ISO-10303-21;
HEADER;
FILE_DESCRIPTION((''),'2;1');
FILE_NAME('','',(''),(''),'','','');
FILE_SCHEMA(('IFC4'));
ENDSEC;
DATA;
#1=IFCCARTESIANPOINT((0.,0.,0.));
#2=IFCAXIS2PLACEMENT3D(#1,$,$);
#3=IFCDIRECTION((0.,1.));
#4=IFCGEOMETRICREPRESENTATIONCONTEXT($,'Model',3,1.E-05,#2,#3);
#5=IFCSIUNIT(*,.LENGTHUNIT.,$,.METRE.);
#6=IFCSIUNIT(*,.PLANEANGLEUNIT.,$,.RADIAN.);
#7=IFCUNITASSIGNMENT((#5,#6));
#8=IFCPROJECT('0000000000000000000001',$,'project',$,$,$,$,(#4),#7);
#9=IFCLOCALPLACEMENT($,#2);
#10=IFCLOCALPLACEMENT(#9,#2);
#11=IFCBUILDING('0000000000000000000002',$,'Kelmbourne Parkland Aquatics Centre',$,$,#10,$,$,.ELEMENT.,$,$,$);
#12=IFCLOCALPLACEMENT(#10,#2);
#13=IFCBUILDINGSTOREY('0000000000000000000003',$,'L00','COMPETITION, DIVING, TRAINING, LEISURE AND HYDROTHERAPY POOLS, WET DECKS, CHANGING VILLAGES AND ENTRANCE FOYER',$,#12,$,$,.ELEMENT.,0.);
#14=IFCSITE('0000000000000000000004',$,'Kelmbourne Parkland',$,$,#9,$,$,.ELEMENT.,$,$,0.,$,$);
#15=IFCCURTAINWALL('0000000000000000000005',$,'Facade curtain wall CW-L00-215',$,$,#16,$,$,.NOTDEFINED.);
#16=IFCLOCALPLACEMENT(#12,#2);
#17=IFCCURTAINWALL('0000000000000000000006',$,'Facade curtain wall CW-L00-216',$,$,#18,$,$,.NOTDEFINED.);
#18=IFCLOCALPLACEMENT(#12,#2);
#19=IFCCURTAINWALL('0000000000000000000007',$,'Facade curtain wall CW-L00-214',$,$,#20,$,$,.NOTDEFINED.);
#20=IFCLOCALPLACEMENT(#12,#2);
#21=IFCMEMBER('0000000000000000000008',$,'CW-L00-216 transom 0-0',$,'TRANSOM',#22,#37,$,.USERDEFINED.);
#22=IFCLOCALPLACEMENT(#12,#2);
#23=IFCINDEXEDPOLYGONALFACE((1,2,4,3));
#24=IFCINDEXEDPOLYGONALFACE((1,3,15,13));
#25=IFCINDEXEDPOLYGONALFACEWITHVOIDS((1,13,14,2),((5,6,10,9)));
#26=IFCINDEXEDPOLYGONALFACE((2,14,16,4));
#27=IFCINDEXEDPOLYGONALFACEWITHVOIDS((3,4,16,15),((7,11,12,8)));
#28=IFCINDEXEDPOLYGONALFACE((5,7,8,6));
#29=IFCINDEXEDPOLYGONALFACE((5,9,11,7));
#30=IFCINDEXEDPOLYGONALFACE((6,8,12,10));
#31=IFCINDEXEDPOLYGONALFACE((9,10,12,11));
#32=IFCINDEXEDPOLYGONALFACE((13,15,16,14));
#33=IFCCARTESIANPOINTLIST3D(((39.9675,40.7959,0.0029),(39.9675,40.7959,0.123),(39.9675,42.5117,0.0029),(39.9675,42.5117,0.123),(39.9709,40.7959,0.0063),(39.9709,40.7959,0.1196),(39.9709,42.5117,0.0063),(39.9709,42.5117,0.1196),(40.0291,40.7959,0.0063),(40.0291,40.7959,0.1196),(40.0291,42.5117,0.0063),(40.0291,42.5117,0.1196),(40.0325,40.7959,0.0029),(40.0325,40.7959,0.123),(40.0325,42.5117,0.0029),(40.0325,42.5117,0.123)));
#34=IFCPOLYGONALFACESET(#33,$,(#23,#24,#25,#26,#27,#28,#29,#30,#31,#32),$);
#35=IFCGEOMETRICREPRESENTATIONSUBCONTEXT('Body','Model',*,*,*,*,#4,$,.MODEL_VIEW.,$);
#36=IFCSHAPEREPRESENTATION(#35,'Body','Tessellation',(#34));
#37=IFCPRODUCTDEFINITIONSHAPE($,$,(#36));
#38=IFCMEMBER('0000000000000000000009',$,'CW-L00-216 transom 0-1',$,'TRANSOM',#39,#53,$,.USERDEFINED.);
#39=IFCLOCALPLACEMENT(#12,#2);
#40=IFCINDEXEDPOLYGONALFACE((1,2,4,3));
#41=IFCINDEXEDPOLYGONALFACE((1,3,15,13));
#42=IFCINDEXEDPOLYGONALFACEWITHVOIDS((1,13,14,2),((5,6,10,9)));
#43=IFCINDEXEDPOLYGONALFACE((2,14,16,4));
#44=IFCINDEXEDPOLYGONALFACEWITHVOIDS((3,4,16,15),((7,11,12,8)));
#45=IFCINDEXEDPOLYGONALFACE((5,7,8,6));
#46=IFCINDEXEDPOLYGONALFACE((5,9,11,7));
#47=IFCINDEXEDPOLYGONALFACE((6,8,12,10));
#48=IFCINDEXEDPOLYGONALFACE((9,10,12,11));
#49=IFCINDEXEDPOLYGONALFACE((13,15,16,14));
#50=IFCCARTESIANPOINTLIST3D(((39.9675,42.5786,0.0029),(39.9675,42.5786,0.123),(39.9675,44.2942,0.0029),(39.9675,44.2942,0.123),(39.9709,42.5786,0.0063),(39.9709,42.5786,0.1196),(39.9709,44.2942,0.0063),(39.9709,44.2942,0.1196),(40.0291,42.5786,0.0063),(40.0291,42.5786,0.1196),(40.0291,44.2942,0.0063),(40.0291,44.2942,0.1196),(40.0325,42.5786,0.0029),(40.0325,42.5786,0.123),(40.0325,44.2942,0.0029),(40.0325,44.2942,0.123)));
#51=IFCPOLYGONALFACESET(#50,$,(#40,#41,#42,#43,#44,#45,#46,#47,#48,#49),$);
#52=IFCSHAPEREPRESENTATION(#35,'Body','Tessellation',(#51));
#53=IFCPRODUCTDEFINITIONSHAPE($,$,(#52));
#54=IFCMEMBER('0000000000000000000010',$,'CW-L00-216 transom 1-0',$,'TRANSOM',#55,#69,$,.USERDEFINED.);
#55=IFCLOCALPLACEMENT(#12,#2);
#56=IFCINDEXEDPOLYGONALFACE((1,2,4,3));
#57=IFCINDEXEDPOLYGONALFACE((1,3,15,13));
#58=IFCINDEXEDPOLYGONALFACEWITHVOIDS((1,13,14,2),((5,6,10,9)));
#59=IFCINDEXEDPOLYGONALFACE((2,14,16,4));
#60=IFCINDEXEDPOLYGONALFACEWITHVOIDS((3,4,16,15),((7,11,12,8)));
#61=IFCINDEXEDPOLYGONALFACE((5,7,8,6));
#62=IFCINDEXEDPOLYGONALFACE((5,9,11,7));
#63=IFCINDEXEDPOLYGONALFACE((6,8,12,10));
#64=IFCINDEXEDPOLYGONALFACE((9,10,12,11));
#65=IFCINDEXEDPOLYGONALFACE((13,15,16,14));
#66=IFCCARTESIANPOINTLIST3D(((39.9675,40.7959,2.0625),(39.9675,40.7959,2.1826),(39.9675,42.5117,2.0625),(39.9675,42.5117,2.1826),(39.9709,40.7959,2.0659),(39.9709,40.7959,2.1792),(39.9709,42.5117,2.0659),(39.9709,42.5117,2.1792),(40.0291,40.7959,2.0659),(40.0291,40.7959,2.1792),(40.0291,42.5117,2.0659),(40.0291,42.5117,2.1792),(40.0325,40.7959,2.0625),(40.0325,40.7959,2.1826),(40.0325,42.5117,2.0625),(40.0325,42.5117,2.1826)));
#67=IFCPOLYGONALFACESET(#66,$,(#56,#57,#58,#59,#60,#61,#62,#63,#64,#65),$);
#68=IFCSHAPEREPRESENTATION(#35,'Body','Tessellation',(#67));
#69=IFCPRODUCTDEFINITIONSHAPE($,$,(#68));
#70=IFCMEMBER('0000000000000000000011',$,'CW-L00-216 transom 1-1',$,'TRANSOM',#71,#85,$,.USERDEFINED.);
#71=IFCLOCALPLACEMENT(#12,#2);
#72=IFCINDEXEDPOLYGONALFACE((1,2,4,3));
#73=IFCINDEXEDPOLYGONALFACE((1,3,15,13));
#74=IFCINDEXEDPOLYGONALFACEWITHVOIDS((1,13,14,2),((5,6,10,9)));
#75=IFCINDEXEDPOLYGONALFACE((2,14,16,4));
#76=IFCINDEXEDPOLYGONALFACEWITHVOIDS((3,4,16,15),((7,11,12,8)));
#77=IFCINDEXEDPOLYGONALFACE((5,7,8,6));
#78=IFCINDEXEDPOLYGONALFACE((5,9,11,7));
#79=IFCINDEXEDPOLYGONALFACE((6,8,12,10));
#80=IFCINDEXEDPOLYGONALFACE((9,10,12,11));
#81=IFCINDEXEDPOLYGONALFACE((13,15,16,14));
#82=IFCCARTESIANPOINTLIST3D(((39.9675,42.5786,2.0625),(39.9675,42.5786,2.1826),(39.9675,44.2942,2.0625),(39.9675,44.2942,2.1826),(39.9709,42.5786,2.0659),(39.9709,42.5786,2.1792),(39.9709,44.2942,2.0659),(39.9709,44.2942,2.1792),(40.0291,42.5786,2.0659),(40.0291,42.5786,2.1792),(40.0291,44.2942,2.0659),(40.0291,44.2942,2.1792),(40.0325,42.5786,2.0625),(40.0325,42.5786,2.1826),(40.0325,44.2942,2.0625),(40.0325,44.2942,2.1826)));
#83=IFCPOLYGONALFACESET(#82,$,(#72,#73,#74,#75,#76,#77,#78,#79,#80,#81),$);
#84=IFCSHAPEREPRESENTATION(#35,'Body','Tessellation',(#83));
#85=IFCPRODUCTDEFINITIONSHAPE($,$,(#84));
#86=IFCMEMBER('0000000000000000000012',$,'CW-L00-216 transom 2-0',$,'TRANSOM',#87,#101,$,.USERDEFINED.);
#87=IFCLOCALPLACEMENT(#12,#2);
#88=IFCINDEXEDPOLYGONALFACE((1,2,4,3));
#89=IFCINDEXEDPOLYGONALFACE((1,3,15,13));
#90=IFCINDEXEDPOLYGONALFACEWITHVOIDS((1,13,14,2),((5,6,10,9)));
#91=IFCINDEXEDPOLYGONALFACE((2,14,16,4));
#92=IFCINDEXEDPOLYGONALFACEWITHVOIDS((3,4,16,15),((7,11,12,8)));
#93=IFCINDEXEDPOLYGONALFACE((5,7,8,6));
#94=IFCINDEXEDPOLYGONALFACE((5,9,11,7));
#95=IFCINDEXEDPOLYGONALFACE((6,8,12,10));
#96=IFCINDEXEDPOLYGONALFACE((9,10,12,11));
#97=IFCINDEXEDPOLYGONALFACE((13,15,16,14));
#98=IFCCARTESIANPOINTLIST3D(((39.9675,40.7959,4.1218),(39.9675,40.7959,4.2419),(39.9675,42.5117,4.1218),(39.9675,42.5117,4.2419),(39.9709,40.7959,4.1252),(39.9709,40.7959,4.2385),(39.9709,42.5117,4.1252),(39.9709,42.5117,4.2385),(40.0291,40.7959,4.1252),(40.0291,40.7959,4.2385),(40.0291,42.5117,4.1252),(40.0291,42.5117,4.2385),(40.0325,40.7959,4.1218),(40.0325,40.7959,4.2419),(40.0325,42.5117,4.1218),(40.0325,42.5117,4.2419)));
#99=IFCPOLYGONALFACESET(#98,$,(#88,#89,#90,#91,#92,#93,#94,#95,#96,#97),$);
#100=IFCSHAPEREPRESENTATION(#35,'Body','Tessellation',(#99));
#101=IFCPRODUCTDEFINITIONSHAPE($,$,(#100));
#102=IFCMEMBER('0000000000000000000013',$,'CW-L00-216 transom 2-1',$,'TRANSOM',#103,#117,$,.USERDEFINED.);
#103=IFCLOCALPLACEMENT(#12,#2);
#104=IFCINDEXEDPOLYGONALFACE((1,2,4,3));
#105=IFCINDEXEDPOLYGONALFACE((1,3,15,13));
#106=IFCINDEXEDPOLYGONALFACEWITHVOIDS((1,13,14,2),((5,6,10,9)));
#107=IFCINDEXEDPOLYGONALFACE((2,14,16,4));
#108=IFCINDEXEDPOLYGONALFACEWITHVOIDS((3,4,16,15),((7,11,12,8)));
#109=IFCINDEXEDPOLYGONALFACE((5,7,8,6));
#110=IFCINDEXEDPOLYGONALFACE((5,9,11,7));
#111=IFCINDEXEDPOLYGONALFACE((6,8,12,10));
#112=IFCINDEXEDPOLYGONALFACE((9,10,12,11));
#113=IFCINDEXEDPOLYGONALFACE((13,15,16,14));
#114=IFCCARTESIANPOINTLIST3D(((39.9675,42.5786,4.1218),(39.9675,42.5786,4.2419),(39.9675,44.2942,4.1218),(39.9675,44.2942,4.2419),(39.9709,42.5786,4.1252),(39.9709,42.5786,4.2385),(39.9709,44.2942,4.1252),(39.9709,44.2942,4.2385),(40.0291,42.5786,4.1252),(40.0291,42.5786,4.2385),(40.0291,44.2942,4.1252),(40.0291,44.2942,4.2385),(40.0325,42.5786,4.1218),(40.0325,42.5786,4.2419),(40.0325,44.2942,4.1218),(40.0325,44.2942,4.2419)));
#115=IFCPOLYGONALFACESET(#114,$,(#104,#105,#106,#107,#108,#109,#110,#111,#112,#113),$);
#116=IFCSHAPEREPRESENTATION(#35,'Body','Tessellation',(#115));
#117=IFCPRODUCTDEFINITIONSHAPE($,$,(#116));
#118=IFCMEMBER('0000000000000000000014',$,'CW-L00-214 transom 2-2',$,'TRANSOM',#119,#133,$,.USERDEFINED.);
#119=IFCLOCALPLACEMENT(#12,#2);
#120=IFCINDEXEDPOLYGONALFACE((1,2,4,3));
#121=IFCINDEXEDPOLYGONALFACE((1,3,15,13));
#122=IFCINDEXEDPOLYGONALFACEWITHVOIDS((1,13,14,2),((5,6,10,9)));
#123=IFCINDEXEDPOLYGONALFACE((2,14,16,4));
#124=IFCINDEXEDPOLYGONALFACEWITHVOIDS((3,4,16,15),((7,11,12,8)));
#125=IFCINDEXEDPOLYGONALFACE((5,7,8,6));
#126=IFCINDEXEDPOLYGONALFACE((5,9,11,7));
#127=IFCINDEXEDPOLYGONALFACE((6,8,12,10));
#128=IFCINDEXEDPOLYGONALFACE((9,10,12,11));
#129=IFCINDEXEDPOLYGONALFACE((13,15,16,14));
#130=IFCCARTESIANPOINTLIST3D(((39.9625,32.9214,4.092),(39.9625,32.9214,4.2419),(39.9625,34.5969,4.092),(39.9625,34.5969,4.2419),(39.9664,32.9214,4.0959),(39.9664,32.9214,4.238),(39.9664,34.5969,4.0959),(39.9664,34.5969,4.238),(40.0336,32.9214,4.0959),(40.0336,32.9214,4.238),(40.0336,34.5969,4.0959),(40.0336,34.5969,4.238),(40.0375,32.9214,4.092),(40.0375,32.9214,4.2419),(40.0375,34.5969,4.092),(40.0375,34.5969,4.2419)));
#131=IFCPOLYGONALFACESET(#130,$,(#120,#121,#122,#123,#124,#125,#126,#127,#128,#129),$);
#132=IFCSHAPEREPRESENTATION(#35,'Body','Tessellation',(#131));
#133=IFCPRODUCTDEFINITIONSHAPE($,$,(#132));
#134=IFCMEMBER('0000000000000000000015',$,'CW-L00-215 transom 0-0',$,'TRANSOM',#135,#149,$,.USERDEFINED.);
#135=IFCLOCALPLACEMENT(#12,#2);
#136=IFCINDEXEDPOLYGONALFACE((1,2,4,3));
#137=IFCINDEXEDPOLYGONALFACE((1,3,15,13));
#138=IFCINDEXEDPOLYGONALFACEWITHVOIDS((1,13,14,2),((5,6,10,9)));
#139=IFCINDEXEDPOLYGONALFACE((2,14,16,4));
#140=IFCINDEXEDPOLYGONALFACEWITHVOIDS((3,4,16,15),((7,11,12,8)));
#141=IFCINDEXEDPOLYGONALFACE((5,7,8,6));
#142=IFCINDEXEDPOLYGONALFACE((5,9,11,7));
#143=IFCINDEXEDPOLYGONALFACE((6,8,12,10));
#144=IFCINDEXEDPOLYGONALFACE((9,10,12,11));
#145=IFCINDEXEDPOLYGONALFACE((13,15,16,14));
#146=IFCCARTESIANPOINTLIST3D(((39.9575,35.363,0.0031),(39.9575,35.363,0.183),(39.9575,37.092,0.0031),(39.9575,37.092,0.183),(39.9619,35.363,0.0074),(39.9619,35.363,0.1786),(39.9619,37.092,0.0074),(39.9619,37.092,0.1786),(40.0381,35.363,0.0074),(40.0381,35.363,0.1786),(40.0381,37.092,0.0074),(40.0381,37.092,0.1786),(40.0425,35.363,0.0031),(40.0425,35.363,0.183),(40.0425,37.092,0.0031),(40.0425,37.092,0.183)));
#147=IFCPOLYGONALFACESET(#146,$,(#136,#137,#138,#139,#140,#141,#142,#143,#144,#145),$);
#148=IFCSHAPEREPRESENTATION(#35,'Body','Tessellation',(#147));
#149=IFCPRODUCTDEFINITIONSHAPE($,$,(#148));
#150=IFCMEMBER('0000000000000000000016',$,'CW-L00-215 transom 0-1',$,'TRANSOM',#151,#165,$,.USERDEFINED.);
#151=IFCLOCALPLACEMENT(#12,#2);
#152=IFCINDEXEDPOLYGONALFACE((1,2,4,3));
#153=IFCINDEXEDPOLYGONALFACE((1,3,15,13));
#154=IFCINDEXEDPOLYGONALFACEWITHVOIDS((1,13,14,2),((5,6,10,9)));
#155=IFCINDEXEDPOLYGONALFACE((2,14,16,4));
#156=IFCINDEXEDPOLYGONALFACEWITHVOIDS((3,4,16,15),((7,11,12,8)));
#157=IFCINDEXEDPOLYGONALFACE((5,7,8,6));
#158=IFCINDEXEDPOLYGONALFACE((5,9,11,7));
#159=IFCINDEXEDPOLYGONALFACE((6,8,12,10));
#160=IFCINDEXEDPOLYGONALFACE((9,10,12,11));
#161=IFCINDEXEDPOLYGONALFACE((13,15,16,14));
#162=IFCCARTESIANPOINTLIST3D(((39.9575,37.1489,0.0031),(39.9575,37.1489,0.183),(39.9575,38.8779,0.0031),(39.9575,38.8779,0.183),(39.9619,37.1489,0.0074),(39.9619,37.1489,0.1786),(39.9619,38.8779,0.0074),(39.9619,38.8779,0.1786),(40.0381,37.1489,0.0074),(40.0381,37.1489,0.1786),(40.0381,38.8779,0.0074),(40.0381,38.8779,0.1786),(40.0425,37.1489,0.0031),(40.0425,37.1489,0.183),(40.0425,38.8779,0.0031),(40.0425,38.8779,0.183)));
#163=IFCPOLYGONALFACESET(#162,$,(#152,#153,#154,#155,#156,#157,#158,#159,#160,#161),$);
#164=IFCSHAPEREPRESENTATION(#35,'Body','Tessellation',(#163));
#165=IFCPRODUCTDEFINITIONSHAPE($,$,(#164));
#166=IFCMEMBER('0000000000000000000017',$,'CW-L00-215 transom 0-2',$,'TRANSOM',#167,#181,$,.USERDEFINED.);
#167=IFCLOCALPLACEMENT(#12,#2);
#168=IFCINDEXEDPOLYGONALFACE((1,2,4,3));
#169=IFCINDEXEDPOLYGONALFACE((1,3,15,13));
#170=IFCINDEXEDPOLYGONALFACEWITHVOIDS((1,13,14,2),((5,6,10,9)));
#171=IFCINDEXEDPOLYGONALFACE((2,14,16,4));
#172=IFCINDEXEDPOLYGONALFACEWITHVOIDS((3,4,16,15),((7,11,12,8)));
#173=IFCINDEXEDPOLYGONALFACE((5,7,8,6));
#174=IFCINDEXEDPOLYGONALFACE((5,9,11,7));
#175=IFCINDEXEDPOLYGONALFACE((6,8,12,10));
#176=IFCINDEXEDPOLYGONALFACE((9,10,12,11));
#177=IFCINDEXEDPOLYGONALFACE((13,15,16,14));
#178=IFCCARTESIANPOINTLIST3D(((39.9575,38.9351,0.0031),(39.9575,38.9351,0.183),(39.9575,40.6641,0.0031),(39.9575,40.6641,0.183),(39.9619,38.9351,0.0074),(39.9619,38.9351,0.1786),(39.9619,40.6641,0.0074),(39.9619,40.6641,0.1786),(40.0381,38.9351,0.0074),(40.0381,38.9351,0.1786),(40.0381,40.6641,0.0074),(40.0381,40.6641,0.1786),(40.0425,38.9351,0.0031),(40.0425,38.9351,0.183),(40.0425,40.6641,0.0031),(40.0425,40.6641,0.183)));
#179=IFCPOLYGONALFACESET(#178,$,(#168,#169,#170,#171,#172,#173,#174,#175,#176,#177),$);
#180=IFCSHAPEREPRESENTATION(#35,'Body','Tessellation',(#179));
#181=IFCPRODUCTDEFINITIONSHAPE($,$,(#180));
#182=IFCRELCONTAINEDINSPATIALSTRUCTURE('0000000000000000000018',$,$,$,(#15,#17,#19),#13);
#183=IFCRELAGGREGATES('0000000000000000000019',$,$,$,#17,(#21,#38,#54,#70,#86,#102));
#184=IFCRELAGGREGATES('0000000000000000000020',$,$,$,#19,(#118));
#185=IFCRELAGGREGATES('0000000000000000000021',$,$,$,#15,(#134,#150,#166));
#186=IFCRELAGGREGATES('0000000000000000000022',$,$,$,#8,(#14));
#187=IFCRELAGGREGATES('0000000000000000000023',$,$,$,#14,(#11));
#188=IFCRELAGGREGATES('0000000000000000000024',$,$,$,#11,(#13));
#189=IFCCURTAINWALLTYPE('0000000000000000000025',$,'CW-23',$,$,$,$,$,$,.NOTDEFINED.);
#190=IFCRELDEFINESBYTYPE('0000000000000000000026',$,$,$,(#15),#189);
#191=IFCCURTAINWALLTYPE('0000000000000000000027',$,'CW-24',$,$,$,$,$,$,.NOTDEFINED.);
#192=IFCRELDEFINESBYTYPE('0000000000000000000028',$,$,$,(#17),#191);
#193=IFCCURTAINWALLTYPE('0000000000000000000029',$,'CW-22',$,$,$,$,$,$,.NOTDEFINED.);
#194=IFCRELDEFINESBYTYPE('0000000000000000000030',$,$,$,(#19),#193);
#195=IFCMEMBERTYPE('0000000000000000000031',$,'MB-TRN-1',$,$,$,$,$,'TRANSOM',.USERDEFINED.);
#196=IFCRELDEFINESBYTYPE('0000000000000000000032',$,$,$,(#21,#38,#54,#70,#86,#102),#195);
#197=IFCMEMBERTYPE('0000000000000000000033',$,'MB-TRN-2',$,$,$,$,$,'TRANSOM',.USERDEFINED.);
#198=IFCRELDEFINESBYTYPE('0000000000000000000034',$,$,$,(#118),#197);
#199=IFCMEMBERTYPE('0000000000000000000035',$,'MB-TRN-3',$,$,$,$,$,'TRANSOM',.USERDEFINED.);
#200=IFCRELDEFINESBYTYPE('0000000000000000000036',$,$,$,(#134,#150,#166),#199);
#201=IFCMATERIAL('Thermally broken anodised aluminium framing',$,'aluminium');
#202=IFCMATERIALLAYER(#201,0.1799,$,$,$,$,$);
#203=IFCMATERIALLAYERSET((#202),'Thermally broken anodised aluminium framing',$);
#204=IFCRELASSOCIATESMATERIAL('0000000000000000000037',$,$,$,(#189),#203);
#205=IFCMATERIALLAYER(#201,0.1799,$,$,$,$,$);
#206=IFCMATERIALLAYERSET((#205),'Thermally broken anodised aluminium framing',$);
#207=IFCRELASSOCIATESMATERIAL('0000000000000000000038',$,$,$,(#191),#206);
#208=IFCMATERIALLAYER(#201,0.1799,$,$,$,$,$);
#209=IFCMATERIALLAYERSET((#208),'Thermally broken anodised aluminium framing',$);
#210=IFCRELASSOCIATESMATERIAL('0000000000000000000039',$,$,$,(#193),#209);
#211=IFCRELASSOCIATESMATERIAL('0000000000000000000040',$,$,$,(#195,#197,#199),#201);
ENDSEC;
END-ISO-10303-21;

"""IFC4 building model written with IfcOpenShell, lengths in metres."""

from ifc_helpers import new_model, si_unit, direction, frame, origin, origin_2d, place, context, subcontext, project, spatial, hollow_rectangle, extrude, material, layer, layer_set, material_profile, profile_set, type_object, element, aggregate, save


model = new_model("IFC4")

# Units and contexts
model_context = context("Model", 3, precision=1e-05, world=origin(), true_north=direction((0.0, 1.0)))
body_context = subcontext(model_context, "Body", "Model", "MODEL_VIEW")
ifc_project = project(units=[si_unit("LENGTHUNIT", "METRE"), si_unit("PLANEANGLEUNIT", "RADIAN")], contexts=[model_context])

# Site, building, storey
site_placement = place(None, origin())
site = spatial("IfcSite", under=ifc_project, at=site_placement, Name="Kelmbourne Parkland", CompositionType="ELEMENT", RefElevation=0.0)
building_placement = place(site_placement, origin())
building = spatial("IfcBuilding", under=site, at=building_placement, Name="Kelmbourne Parkland Aquatics Centre", CompositionType="ELEMENT")
storey_placement = place(building_placement, origin())
storey = spatial("IfcBuildingStorey", under=building, at=storey_placement, Name="L00", Description="COMPETITION, DIVING, TRAINING, LEISURE AND HYDROTHERAPY POOLS, WET DECKS, CHANGING VILLAGES AND ENTRANCE FOYER", CompositionType="ELEMENT", Elevation=0.0)

# Curtain walls
ifc_material_1 = material(Name="Thermally broken anodised aluminium framing", Category="aluminium")
ifc_layer_1 = layer(ifc_material_1, 0.1799)
ifc_layer_set_1 = layer_set([ifc_layer_1], Name="Thermally broken anodised aluminium framing")
curtain_wall_type_1 = type_object("IfcCurtainWallType", Name="CW-23", PredefinedType="NOTDEFINED", material=ifc_layer_set_1)
curtain_wall_1_placement = place(storey_placement, origin())
curtain_wall_1 = element("IfcCurtainWall", 1, at=curtain_wall_1_placement, inside=storey, type_object=curtain_wall_type_1, Name="Facade curtain wall CW-L00-215", PredefinedType="NOTDEFINED")
ifc_layer_2 = layer(ifc_material_1, 0.1799)
ifc_layer_set_2 = layer_set([ifc_layer_2], Name="Thermally broken anodised aluminium framing")
curtain_wall_type_2 = type_object("IfcCurtainWallType", Name="CW-24", PredefinedType="NOTDEFINED", material=ifc_layer_set_2)
curtain_wall_2_placement = place(storey_placement, origin())
curtain_wall_2 = element("IfcCurtainWall", 2, at=curtain_wall_2_placement, inside=storey, type_object=curtain_wall_type_2, Name="Facade curtain wall CW-L00-216", PredefinedType="NOTDEFINED")

# Curtain wall
ifc_layer_3 = layer(ifc_material_1, 0.1799)
ifc_layer_set_3 = layer_set([ifc_layer_3], Name="Thermally broken anodised aluminium framing")
curtain_wall_type_3 = type_object("IfcCurtainWallType", Name="CW-22", PredefinedType="NOTDEFINED", material=ifc_layer_set_3)
curtain_wall_3_placement = place(storey_placement, origin())
curtain_wall_3 = element("IfcCurtainWall", 3, at=curtain_wall_3_placement, inside=storey, type_object=curtain_wall_type_3, Name="Facade curtain wall CW-L00-214", PredefinedType="NOTDEFINED")

# Members
ifc_material_profile_1 = material_profile(ifc_material_1, hollow_rectangle(XDim=0.0649, YDim=0.1201, WallThickness=0.0034, at=origin_2d()), Name="CW-T 65x120")
ifc_profile_set_1 = profile_set([ifc_material_profile_1], Name="Thermally broken anodised aluminium framing")
member_type_1 = type_object("IfcMemberType", Name="MB-TRN-1", ElementType="TRANSOM", PredefinedType="USERDEFINED", material=ifc_profile_set_1)
member_1_placement = place(storey_placement, frame((40.0, 40.7959, 0.063), z_axis=(0.0, 1.0, 0.0), x_axis=(-1.0, 0.0, 0.0)))
member_1 = element("IfcMember", 4, at=member_1_placement, type_object=member_type_1, Name="CW-L00-216 transom 0-0", ObjectType="TRANSOM", PredefinedType="USERDEFINED", context=body_context, shape_type="SweptSolid", body=[
    extrude(hollow_rectangle(XDim=0.0649, YDim=0.1201, WallThickness=0.0034, at=origin_2d()), origin(), (0.0, 0.0, 1.0), 1.7158),
])
member_2_placement = place(storey_placement, frame((40.0, 42.5786, 0.063), z_axis=(0.0, 1.0, 0.0), x_axis=(-1.0, 0.0, 0.0)))
member_2 = element("IfcMember", 5, at=member_2_placement, type_object=member_type_1, Name="CW-L00-216 transom 0-1", ObjectType="TRANSOM", PredefinedType="USERDEFINED", context=body_context, shape_type="SweptSolid", body=[
    extrude(hollow_rectangle(XDim=0.0649, YDim=0.1201, WallThickness=0.0034, at=origin_2d()), origin(), (0.0, 0.0, 1.0), 1.7156),
])
member_3_placement = place(storey_placement, frame((40.0, 40.7959, 2.1226), z_axis=(0.0, 1.0, 0.0), x_axis=(-1.0, 0.0, 0.0)))
member_3 = element("IfcMember", 6, at=member_3_placement, type_object=member_type_1, Name="CW-L00-216 transom 1-0", ObjectType="TRANSOM", PredefinedType="USERDEFINED", context=body_context, shape_type="SweptSolid", body=[
    extrude(hollow_rectangle(XDim=0.0649, YDim=0.1201, WallThickness=0.0034, at=origin_2d()), origin(), (0.0, 0.0, 1.0), 1.7158),
])
member_4_placement = place(storey_placement, frame((40.0, 42.5786, 2.1226), z_axis=(0.0, 1.0, 0.0), x_axis=(-1.0, 0.0, 0.0)))
member_4 = element("IfcMember", 7, at=member_4_placement, type_object=member_type_1, Name="CW-L00-216 transom 1-1", ObjectType="TRANSOM", PredefinedType="USERDEFINED", context=body_context, shape_type="SweptSolid", body=[
    extrude(hollow_rectangle(XDim=0.0649, YDim=0.1201, WallThickness=0.0034, at=origin_2d()), origin(), (0.0, 0.0, 1.0), 1.7156),
])
member_5_placement = place(storey_placement, frame((40.0, 40.7959, 4.1819), z_axis=(0.0, 1.0, 0.0), x_axis=(-1.0, 0.0, 0.0)))
member_5 = element("IfcMember", 8, at=member_5_placement, type_object=member_type_1, Name="CW-L00-216 transom 2-0", ObjectType="TRANSOM", PredefinedType="USERDEFINED", context=body_context, shape_type="SweptSolid", body=[
    extrude(hollow_rectangle(XDim=0.0649, YDim=0.1201, WallThickness=0.0034, at=origin_2d()), origin(), (0.0, 0.0, 1.0), 1.7158),
])
member_6_placement = place(storey_placement, frame((40.0, 42.5786, 4.1819), z_axis=(0.0, 1.0, 0.0), x_axis=(-1.0, 0.0, 0.0)))
member_6 = element("IfcMember", 9, at=member_6_placement, type_object=member_type_1, Name="CW-L00-216 transom 2-1", ObjectType="TRANSOM", PredefinedType="USERDEFINED", context=body_context, shape_type="SweptSolid", body=[
    extrude(hollow_rectangle(XDim=0.0649, YDim=0.1201, WallThickness=0.0034, at=origin_2d()), origin(), (0.0, 0.0, 1.0), 1.7156),
])
ifc_material_profile_2 = material_profile(ifc_material_1, hollow_rectangle(XDim=0.075, YDim=0.1499, WallThickness=0.0039, at=origin_2d()), Name="CW-T 75x150")
ifc_profile_set_2 = profile_set([ifc_material_profile_2], Name="Thermally broken anodised aluminium framing")
member_type_2 = type_object("IfcMemberType", Name="MB-TRN-2", ElementType="TRANSOM", PredefinedType="USERDEFINED", material=ifc_profile_set_2)
member_7_placement = place(storey_placement, frame((40.0, 32.9214, 4.167), z_axis=(0.0, 1.0, 0.0), x_axis=(-1.0, 0.0, 0.0)))
member_7 = element("IfcMember", 10, at=member_7_placement, type_object=member_type_2, Name="CW-L00-214 transom 2-2", ObjectType="TRANSOM", PredefinedType="USERDEFINED", context=body_context, shape_type="SweptSolid", body=[
    extrude(hollow_rectangle(XDim=0.075, YDim=0.1499, WallThickness=0.0039, at=origin_2d()), origin(), (0.0, 0.0, 1.0), 1.6755),
])
ifc_material_profile_3 = material_profile(ifc_material_1, hollow_rectangle(XDim=0.085, YDim=0.1799, WallThickness=0.0044, at=origin_2d()), Name="CW-T 85x180")
ifc_profile_set_3 = profile_set([ifc_material_profile_3], Name="Thermally broken anodised aluminium framing")
member_type_3 = type_object("IfcMemberType", Name="MB-TRN-3", ElementType="TRANSOM", PredefinedType="USERDEFINED", material=ifc_profile_set_3)
member_8_placement = place(storey_placement, frame((40.0, 35.363, 0.093), z_axis=(0.0, 1.0, 0.0), x_axis=(-1.0, 0.0, 0.0)))
member_8 = element("IfcMember", 11, at=member_8_placement, type_object=member_type_3, Name="CW-L00-215 transom 0-0", ObjectType="TRANSOM", PredefinedType="USERDEFINED", context=body_context, shape_type="SweptSolid", body=[
    extrude(hollow_rectangle(XDim=0.085, YDim=0.1799, WallThickness=0.0044, at=origin_2d()), origin(), (0.0, 0.0, 1.0), 1.729),
])
member_9_placement = place(storey_placement, frame((40.0, 37.1489, 0.093), z_axis=(0.0, 1.0, 0.0), x_axis=(-1.0, 0.0, 0.0)))
member_9 = element("IfcMember", 12, at=member_9_placement, type_object=member_type_3, Name="CW-L00-215 transom 0-1", ObjectType="TRANSOM", PredefinedType="USERDEFINED", context=body_context, shape_type="SweptSolid", body=[
    extrude(hollow_rectangle(XDim=0.085, YDim=0.1799, WallThickness=0.0044, at=origin_2d()), origin(), (0.0, 0.0, 1.0), 1.729),
])
member_10_placement = place(storey_placement, frame((40.0, 38.9351, 0.093), z_axis=(0.0, 1.0, 0.0), x_axis=(-1.0, 0.0, 0.0)))
member_10 = element("IfcMember", 13, at=member_10_placement, type_object=member_type_3, Name="CW-L00-215 transom 0-2", ObjectType="TRANSOM", PredefinedType="USERDEFINED", context=body_context, shape_type="SweptSolid", body=[
    extrude(hollow_rectangle(XDim=0.085, YDim=0.1799, WallThickness=0.0044, at=origin_2d()), origin(), (0.0, 0.0, 1.0), 1.729),
])

aggregate(curtain_wall_2, [member_1, member_2, member_3, member_4, member_5, member_6])
aggregate(curtain_wall_3, [member_7])
aggregate(curtain_wall_1, [member_8, member_9, member_10])

save(model, "model.ifc")
